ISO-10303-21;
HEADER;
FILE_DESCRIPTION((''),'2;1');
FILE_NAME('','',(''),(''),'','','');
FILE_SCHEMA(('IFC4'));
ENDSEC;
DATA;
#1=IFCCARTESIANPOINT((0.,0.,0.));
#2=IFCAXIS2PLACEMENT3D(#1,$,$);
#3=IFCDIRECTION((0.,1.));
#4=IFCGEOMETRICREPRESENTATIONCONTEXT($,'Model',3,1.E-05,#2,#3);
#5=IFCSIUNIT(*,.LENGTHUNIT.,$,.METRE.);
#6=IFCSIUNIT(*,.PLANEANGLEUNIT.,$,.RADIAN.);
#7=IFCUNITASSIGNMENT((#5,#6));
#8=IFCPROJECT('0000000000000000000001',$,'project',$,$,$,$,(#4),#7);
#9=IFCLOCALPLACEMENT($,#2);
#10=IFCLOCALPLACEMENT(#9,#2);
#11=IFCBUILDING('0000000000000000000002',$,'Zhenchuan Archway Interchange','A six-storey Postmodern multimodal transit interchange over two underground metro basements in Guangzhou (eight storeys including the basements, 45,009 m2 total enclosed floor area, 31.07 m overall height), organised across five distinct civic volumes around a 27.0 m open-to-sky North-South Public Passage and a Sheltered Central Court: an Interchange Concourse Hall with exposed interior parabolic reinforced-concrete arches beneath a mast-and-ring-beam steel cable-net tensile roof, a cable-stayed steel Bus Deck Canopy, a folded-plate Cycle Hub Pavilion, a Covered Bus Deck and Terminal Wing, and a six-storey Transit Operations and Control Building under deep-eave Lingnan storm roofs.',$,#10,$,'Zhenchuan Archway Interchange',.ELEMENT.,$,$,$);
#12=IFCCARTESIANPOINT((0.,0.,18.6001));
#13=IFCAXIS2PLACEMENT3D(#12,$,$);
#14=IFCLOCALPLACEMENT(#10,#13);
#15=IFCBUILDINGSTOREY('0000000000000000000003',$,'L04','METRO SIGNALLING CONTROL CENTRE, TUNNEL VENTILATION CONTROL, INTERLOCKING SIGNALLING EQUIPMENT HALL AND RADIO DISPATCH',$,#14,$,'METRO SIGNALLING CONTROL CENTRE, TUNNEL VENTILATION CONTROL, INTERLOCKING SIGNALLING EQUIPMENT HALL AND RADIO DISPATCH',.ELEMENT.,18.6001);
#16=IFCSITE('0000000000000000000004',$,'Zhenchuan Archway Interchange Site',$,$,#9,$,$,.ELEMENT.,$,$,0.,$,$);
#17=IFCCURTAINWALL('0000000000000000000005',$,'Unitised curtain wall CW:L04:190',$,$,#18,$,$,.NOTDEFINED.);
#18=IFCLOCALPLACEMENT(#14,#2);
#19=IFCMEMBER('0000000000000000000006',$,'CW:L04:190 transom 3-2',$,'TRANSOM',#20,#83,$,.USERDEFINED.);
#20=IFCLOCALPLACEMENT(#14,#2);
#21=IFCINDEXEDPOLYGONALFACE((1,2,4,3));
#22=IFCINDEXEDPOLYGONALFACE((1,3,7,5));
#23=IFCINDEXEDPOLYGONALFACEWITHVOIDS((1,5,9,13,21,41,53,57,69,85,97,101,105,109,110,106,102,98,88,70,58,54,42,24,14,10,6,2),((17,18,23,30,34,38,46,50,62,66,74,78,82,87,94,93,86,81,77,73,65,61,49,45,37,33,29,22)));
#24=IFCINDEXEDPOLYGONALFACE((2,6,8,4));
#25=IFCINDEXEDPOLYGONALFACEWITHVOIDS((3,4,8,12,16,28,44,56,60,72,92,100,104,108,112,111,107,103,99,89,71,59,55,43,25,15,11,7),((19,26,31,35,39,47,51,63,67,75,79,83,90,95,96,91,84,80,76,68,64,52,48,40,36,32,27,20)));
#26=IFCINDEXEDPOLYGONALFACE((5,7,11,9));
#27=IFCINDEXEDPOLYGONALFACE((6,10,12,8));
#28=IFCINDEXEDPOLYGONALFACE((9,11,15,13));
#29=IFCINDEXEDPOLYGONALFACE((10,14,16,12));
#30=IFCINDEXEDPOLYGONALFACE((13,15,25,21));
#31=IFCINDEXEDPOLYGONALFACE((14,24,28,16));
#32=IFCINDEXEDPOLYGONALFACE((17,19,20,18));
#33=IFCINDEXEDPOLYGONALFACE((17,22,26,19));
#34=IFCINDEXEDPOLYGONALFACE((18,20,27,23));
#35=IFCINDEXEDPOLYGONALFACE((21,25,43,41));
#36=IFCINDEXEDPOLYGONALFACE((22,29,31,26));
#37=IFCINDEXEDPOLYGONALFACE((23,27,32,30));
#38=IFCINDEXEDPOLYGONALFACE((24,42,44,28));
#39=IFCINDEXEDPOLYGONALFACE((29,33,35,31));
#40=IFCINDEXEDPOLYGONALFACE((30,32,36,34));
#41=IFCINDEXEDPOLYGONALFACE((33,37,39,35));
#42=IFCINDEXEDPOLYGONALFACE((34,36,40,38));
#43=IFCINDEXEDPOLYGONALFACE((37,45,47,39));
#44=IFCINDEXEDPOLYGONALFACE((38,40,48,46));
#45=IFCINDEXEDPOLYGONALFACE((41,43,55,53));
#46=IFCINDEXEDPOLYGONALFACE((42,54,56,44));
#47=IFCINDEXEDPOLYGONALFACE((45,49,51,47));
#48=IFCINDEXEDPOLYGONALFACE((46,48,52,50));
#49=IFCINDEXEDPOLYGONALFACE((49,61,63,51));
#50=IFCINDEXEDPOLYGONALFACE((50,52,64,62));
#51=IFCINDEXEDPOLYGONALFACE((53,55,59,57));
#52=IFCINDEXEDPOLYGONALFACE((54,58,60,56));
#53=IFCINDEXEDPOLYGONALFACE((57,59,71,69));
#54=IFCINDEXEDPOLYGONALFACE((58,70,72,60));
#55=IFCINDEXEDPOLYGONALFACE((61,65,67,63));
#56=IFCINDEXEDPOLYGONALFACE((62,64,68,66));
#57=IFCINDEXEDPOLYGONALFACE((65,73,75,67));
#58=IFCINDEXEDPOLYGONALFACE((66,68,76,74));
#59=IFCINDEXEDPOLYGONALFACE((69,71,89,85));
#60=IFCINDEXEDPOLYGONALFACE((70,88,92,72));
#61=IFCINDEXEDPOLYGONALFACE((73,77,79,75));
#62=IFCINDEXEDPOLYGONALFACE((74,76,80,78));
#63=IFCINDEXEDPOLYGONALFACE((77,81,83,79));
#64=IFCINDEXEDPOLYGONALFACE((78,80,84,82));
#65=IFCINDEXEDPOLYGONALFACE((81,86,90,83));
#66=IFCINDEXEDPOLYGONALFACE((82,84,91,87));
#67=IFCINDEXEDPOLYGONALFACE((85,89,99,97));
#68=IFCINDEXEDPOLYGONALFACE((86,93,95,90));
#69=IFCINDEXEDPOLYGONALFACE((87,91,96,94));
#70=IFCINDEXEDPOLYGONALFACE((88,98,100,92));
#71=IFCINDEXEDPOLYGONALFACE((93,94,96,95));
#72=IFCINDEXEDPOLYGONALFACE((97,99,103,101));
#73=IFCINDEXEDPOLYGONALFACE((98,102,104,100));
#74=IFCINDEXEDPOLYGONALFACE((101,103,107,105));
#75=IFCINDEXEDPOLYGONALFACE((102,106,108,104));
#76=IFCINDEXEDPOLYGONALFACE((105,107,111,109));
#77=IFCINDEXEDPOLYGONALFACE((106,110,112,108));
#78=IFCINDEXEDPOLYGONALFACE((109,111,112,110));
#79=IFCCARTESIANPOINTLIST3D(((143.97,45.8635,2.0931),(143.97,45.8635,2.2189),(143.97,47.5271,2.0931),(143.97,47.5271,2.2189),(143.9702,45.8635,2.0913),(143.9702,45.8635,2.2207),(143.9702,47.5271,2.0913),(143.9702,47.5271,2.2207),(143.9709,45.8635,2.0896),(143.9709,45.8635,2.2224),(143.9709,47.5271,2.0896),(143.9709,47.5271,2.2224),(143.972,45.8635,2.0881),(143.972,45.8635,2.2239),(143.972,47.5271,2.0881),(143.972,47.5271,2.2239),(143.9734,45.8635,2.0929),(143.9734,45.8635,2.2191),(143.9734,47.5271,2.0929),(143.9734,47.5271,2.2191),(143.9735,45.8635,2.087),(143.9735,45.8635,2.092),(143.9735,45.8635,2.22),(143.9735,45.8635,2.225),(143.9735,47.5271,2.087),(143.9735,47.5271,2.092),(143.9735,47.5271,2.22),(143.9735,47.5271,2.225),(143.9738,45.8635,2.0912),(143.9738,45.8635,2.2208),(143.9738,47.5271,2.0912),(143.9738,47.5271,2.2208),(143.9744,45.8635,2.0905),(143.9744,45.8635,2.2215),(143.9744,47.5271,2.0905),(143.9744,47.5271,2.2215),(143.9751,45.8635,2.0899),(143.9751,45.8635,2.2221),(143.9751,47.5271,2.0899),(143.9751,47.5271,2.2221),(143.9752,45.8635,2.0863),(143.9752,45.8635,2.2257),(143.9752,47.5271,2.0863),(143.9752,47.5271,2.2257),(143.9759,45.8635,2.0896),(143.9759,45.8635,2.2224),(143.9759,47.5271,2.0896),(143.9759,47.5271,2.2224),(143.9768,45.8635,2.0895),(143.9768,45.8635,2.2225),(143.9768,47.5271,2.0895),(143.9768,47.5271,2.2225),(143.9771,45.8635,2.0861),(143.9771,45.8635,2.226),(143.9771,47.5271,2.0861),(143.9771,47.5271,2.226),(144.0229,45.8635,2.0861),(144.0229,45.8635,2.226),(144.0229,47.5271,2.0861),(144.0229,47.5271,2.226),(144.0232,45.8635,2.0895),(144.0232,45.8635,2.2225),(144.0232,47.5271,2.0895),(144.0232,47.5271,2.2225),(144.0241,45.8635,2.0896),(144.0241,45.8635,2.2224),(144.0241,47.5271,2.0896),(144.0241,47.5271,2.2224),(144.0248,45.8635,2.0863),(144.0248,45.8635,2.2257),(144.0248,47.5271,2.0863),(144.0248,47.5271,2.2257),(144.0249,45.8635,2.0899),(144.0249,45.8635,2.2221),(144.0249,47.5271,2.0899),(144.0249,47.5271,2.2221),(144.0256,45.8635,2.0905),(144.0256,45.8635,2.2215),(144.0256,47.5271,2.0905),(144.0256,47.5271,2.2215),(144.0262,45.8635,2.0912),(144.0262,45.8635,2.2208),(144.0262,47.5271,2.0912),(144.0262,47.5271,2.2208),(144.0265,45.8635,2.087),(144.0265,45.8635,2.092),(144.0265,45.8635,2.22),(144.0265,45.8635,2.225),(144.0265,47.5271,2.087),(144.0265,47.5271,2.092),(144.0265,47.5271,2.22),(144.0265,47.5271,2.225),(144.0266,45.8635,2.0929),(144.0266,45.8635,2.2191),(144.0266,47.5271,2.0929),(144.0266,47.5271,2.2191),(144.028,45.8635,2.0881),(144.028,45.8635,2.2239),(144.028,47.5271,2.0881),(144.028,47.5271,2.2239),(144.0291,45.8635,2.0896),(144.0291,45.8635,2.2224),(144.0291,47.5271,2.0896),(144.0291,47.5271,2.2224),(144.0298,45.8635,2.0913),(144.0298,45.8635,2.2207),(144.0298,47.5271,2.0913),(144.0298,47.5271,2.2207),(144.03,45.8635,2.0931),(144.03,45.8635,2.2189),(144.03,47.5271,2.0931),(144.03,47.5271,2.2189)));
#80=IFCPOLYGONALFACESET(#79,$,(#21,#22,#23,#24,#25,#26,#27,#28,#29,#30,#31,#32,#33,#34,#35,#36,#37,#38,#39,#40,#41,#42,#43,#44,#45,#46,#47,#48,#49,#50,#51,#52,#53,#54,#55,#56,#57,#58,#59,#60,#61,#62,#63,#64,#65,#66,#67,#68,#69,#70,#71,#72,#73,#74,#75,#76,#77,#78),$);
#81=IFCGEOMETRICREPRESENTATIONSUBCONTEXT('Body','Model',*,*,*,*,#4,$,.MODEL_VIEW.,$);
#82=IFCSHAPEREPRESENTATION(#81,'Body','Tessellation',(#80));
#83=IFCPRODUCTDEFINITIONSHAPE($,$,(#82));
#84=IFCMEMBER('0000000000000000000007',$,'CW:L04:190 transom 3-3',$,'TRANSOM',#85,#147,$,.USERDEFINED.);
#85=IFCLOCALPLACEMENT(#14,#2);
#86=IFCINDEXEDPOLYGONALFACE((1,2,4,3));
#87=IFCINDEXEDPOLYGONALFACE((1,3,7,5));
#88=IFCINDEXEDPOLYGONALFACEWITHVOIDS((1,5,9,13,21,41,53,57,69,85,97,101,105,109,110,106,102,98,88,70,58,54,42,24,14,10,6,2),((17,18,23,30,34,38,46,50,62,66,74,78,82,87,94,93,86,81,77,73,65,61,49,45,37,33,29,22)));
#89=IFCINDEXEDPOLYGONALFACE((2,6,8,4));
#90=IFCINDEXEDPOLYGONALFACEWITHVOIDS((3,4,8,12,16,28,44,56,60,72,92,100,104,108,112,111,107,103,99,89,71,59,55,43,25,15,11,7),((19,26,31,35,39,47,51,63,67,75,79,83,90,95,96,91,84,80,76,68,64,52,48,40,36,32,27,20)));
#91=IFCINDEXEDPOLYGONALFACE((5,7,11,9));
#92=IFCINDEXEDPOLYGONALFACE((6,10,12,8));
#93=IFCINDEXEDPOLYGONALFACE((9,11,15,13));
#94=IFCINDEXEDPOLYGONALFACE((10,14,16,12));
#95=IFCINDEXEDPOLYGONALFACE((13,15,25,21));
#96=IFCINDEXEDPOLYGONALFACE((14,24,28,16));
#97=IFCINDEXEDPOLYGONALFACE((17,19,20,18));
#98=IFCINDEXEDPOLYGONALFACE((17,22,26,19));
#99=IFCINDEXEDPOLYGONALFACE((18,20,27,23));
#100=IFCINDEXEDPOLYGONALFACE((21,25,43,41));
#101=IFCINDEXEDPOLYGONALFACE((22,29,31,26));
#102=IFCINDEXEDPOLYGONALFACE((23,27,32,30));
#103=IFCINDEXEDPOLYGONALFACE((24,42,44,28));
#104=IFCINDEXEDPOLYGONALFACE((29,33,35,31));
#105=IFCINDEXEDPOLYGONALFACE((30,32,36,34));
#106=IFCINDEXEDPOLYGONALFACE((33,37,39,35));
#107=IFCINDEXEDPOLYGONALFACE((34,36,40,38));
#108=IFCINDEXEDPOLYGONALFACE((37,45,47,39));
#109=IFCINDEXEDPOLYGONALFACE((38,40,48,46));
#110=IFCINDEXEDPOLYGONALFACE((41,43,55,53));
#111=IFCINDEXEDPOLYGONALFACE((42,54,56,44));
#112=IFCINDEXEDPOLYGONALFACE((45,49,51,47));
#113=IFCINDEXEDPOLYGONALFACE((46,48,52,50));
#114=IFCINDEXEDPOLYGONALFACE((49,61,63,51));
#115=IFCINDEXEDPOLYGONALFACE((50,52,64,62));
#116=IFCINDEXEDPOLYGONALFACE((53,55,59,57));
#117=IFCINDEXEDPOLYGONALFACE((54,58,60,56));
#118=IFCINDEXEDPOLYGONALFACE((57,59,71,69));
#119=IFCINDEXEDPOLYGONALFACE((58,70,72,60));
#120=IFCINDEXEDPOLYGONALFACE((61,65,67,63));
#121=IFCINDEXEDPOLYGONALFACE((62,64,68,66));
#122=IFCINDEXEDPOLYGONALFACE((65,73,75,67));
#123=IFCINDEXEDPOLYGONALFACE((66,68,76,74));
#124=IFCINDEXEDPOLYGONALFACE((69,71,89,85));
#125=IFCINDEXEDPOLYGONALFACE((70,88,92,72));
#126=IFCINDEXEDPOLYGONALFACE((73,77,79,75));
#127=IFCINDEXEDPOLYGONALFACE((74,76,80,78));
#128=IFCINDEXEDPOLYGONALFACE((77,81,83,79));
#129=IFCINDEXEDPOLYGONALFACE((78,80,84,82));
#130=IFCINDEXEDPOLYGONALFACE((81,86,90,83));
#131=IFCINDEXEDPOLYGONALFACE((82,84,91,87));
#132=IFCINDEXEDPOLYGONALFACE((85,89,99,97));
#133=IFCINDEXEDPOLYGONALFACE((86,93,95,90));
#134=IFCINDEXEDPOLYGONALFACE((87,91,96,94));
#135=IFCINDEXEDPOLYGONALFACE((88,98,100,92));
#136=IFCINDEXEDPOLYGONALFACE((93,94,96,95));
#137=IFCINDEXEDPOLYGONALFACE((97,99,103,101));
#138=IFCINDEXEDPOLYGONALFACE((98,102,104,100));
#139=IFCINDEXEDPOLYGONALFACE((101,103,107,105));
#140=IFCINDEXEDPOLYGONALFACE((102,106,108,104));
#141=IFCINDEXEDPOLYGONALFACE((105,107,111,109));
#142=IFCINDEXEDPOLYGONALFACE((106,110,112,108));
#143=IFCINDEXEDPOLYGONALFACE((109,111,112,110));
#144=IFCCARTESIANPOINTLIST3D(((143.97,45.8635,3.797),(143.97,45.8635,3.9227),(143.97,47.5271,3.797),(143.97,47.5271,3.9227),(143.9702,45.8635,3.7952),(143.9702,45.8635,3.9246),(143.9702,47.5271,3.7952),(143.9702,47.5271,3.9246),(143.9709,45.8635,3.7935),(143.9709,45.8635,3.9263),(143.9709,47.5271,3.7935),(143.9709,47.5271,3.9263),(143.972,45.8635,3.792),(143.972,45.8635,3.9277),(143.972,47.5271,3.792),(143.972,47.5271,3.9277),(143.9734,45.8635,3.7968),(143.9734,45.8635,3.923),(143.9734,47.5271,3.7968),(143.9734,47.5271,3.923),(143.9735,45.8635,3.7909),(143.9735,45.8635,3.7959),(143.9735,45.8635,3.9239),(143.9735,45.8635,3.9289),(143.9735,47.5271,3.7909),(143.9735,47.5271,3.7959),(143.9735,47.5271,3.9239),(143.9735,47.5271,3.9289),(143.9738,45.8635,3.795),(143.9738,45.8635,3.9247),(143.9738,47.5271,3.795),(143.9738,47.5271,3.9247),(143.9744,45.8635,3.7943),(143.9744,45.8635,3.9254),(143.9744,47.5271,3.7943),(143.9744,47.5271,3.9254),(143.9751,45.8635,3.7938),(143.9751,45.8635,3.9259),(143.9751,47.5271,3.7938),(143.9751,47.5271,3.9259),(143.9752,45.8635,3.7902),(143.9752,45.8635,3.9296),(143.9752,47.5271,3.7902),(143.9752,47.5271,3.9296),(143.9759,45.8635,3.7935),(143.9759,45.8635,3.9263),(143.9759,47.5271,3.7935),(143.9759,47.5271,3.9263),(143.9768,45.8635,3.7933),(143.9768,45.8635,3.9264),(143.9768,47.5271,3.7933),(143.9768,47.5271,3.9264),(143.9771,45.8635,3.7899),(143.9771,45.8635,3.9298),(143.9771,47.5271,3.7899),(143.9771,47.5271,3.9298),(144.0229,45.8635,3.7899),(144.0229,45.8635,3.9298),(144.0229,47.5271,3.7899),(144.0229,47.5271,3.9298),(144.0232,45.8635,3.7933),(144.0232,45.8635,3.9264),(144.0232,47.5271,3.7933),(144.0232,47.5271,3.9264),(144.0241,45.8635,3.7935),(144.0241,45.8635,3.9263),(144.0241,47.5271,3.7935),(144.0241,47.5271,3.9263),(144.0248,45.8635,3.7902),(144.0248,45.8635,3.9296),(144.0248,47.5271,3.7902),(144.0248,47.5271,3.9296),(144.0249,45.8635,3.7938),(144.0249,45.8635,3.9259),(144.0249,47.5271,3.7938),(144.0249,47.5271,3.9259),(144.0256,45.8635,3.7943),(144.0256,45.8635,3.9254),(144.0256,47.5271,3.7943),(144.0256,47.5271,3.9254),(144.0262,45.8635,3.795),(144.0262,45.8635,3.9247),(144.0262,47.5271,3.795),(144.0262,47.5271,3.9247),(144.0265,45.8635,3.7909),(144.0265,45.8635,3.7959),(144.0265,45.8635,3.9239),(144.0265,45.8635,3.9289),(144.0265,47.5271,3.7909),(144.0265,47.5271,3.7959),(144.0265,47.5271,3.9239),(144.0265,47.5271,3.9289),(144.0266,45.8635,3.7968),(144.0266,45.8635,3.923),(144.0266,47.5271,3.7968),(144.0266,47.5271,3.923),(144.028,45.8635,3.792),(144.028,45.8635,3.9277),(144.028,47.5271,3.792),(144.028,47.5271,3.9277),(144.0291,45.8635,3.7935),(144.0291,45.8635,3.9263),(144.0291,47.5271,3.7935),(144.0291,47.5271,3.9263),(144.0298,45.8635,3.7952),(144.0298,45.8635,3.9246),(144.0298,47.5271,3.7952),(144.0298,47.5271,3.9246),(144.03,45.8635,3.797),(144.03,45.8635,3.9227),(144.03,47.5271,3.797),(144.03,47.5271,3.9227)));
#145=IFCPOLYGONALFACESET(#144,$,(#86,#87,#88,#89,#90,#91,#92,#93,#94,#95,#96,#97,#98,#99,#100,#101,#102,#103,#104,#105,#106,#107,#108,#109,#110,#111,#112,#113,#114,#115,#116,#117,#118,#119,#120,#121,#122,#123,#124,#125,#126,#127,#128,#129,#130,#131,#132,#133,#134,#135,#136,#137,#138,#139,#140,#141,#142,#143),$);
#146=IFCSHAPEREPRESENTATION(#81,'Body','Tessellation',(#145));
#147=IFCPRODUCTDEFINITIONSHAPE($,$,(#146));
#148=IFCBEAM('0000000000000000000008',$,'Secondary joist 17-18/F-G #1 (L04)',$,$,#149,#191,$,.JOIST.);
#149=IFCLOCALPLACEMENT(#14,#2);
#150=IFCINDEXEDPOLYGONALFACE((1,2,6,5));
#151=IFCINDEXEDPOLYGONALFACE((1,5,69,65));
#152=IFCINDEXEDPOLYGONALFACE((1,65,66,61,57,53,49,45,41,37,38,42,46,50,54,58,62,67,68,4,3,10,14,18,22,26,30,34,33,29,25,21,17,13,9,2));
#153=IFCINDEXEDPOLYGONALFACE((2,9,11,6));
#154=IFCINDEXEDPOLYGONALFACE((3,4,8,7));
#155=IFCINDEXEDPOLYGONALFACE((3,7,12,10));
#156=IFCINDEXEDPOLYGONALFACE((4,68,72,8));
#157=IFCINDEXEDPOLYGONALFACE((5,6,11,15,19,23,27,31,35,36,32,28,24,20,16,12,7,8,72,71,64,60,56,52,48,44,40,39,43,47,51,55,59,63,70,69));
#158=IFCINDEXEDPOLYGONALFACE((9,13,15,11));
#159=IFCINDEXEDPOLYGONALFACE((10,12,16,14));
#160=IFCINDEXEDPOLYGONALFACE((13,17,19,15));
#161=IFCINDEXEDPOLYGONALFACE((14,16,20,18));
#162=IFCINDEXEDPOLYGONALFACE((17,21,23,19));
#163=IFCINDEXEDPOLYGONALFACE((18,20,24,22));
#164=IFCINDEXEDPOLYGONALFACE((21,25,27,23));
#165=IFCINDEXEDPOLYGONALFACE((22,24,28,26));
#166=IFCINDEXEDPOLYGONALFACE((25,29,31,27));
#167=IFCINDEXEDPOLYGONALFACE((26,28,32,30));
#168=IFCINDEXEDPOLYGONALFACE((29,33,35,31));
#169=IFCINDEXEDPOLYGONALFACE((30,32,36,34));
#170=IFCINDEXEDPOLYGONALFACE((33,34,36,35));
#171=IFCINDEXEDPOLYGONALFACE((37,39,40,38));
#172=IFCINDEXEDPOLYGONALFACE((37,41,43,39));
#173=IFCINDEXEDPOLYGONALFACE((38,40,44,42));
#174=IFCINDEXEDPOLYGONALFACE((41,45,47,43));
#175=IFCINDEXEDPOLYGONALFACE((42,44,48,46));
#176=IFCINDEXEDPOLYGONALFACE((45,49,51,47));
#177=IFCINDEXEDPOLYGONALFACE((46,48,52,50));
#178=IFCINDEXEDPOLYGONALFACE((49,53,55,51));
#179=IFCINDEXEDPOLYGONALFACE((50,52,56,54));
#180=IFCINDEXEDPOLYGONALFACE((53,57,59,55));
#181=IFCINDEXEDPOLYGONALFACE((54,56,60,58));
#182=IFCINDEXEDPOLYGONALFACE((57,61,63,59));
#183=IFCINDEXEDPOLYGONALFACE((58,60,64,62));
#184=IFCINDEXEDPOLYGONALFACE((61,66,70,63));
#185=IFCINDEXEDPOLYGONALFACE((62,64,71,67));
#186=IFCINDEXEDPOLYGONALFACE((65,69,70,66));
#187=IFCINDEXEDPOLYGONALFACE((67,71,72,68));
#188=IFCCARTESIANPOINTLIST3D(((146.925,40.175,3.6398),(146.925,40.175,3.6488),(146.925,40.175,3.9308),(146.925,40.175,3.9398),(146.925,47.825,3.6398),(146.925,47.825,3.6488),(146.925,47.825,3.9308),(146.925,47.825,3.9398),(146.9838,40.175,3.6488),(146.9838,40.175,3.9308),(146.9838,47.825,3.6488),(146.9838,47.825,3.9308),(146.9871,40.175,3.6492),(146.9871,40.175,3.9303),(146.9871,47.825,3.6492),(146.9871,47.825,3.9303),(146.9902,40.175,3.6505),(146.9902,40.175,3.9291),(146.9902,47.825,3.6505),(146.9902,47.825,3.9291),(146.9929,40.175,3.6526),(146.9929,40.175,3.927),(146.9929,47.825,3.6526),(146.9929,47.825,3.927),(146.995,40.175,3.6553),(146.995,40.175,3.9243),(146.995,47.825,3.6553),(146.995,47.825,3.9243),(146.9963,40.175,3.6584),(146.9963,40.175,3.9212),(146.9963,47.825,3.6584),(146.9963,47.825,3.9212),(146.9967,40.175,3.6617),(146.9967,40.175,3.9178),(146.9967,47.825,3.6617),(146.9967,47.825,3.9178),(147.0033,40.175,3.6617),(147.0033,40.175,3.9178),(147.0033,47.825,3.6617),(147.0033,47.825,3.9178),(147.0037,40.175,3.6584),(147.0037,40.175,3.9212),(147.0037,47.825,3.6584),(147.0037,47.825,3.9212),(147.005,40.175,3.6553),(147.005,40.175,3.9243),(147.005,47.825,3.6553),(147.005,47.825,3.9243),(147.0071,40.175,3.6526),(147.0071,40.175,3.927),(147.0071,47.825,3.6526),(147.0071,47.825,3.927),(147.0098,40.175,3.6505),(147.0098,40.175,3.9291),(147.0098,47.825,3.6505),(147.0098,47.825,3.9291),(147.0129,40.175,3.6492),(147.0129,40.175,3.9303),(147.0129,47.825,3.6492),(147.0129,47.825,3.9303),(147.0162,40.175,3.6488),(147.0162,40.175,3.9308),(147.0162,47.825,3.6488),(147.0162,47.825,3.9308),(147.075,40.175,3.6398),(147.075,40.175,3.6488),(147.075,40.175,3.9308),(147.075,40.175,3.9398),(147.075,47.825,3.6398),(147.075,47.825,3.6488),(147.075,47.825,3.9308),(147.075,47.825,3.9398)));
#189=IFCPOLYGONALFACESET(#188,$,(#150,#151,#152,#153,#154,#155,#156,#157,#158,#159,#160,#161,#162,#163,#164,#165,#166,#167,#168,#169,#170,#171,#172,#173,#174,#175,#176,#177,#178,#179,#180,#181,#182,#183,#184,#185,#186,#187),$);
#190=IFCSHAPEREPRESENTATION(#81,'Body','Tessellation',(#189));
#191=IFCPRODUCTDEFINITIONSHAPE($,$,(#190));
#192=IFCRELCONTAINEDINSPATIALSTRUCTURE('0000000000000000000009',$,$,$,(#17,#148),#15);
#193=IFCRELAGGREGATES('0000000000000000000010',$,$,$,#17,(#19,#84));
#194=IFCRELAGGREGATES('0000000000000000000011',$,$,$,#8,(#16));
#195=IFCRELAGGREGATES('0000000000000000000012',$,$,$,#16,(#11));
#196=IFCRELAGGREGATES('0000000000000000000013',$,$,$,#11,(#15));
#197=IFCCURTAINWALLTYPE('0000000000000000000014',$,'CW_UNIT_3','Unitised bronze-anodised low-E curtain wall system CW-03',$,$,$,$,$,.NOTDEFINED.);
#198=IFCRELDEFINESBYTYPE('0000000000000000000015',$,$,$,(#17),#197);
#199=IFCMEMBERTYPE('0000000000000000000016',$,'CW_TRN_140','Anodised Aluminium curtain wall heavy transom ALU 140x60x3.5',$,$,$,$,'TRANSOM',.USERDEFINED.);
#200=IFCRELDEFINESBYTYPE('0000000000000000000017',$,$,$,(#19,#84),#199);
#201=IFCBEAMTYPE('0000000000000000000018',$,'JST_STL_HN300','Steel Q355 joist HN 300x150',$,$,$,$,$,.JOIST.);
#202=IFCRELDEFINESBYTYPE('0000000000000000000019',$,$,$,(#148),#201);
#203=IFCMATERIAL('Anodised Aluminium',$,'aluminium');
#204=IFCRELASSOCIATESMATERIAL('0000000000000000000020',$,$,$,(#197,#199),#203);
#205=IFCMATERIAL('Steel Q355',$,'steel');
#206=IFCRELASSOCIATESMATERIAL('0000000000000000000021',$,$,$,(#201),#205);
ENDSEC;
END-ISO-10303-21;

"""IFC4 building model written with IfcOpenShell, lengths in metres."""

from ifc_helpers import new_model, si_unit, direction, frame, origin, origin_2d, place, context, subcontext, project, spatial, hollow_rectangle, i_section, extrude, material, material_profile, profile_set, type_object, element, aggregate, save


model = new_model("IFC4")

# Units and contexts
model_context = context("Model", 3, precision=1e-05, world=origin(), true_north=direction((0.0, 1.0)))
body_context = subcontext(model_context, "Body", "Model", "MODEL_VIEW")
ifc_project = project(units=[si_unit("LENGTHUNIT", "METRE"), si_unit("PLANEANGLEUNIT", "RADIAN")], contexts=[model_context])

# Site, building, storey
site_placement = place(None, origin())
site = spatial("IfcSite", under=ifc_project, at=site_placement, Name="Zhenchuan Archway Interchange Site", CompositionType="ELEMENT", RefElevation=0.0)
building_placement = place(site_placement, origin())
building = spatial("IfcBuilding", under=site, at=building_placement, Name="Zhenchuan Archway Interchange", Description="A six-storey Postmodern multimodal transit interchange over two underground metro basements in Guangzhou (eight storeys including the basements, 45,009 m2 total enclosed floor area, 31.07 m overall height), organised across five distinct civic volumes around a 27.0 m open-to-sky North-South Public Passage and a Sheltered Central Court: an Interchange Concourse Hall with exposed interior parabolic reinforced-concrete arches beneath a mast-and-ring-beam steel cable-net tensile roof, a cable-stayed steel Bus Deck Canopy, a folded-plate Cycle Hub Pavilion, a Covered Bus Deck and Terminal Wing, and a six-storey Transit Operations and Control Building under deep-eave Lingnan storm roofs.", LongName="Zhenchuan Archway Interchange", CompositionType="ELEMENT")
storey_placement = place(building_placement, frame((0.0, 0.0, 18.6001)))
storey = spatial("IfcBuildingStorey", under=building, at=storey_placement, Name="L04", Description="METRO SIGNALLING CONTROL CENTRE, TUNNEL VENTILATION CONTROL, INTERLOCKING SIGNALLING EQUIPMENT HALL AND RADIO DISPATCH", LongName="METRO SIGNALLING CONTROL CENTRE, TUNNEL VENTILATION CONTROL, INTERLOCKING SIGNALLING EQUIPMENT HALL AND RADIO DISPATCH", CompositionType="ELEMENT", Elevation=18.6001)

# Curtain wall, members
ifc_material_1 = material(Name="Anodised Aluminium", Category="aluminium")
curtain_wall_type = type_object("IfcCurtainWallType", Name="CW_UNIT_3", Description="Unitised bronze-anodised low-E curtain wall system CW-03", PredefinedType="NOTDEFINED", material=ifc_material_1)
curtain_wall_placement = place(storey_placement, origin())
curtain_wall = element("IfcCurtainWall", 1, at=curtain_wall_placement, inside=storey, type_object=curtain_wall_type, Name="Unitised curtain wall CW:L04:190", PredefinedType="NOTDEFINED")
ifc_material_profile_1 = material_profile(ifc_material_1, hollow_rectangle(XDim=0.0601, YDim=0.1399, WallThickness=0.0034, InnerFilletRadius=0.0034, OuterFilletRadius=0.0071, at=origin_2d()), Name="ALU 140x60x3.5")
ifc_profile_set_1 = profile_set([ifc_material_profile_1], Name="Anodised Aluminium")
member_type_1 = type_object("IfcMemberType", Name="CW_TRN_140", Description="Anodised Aluminium curtain wall heavy transom ALU 140x60x3.5", ElementType="TRANSOM", PredefinedType="USERDEFINED", material=ifc_profile_set_1)
member_1_placement = place(storey_placement, frame((144.0, 45.8635, 2.156), z_axis=(0.0, 1.0, 0.0), x_axis=(-1.0, 0.0, 0.0)))
member_1 = element("IfcMember", 2, at=member_1_placement, type_object=member_type_1, Name="CW:L04:190 transom 3-2", ObjectType="TRANSOM", PredefinedType="USERDEFINED", context=body_context, shape_type="SweptSolid", body=[
    extrude(hollow_rectangle(XDim=0.0601, YDim=0.1399, WallThickness=0.0034, InnerFilletRadius=0.0034, OuterFilletRadius=0.0071, at=origin_2d()), origin(), (0.0, 0.0, 1.0), 1.6636),
])
member_2_placement = place(storey_placement, frame((144.0, 45.8635, 3.8599), z_axis=(0.0, 1.0, 0.0), x_axis=(-1.0, 0.0, 0.0)))
member_2 = element("IfcMember", 3, at=member_2_placement, type_object=member_type_1, Name="CW:L04:190 transom 3-3", ObjectType="TRANSOM", PredefinedType="USERDEFINED", context=body_context, shape_type="SweptSolid", body=[
    extrude(hollow_rectangle(XDim=0.0601, YDim=0.1399, WallThickness=0.0034, InnerFilletRadius=0.0034, OuterFilletRadius=0.0071, at=origin_2d()), origin(), (0.0, 0.0, 1.0), 1.6636),
])

# Beam
ifc_material_2 = material(Name="Steel Q355", Category="steel")
ifc_material_profile_2 = material_profile(ifc_material_2, i_section(OverallWidth=0.1499, OverallDepth=0.3, WebThickness=0.0066, FlangeThickness=0.009, FilletRadius=0.0129, at=origin_2d()), Name="HN 300x150")
ifc_profile_set_2 = profile_set([ifc_material_profile_2], Name="Steel Q355")
beam_type = type_object("IfcBeamType", Name="JST_STL_HN300", Description="Steel Q355 joist HN 300x150", PredefinedType="JOIST", material=ifc_profile_set_2)
for number, where, z_axis, x_axis, name in (
    (4, (147.0, 40.175, 3.7898), (0.0, 1.0, 0.0), (-1.0, 0.0, 0.0), "Secondary joist 17-18/F-G #1 (L04)"),
):
    element("IfcBeam", number, at=place(storey_placement, frame(where, z_axis=z_axis, x_axis=x_axis)), inside=storey, type_object=beam_type, Name=name, PredefinedType="JOIST", context=body_context, shape_type="SweptSolid", body=[
        extrude(i_section(OverallWidth=0.1499, OverallDepth=0.3, WebThickness=0.0066, FlangeThickness=0.009, FilletRadius=0.0129, at=origin_2d()), origin(), (0.0, 0.0, 1.0), 7.6499),
    ])

aggregate(curtain_wall, [member_1, member_2])

save(model, "model.ifc")
